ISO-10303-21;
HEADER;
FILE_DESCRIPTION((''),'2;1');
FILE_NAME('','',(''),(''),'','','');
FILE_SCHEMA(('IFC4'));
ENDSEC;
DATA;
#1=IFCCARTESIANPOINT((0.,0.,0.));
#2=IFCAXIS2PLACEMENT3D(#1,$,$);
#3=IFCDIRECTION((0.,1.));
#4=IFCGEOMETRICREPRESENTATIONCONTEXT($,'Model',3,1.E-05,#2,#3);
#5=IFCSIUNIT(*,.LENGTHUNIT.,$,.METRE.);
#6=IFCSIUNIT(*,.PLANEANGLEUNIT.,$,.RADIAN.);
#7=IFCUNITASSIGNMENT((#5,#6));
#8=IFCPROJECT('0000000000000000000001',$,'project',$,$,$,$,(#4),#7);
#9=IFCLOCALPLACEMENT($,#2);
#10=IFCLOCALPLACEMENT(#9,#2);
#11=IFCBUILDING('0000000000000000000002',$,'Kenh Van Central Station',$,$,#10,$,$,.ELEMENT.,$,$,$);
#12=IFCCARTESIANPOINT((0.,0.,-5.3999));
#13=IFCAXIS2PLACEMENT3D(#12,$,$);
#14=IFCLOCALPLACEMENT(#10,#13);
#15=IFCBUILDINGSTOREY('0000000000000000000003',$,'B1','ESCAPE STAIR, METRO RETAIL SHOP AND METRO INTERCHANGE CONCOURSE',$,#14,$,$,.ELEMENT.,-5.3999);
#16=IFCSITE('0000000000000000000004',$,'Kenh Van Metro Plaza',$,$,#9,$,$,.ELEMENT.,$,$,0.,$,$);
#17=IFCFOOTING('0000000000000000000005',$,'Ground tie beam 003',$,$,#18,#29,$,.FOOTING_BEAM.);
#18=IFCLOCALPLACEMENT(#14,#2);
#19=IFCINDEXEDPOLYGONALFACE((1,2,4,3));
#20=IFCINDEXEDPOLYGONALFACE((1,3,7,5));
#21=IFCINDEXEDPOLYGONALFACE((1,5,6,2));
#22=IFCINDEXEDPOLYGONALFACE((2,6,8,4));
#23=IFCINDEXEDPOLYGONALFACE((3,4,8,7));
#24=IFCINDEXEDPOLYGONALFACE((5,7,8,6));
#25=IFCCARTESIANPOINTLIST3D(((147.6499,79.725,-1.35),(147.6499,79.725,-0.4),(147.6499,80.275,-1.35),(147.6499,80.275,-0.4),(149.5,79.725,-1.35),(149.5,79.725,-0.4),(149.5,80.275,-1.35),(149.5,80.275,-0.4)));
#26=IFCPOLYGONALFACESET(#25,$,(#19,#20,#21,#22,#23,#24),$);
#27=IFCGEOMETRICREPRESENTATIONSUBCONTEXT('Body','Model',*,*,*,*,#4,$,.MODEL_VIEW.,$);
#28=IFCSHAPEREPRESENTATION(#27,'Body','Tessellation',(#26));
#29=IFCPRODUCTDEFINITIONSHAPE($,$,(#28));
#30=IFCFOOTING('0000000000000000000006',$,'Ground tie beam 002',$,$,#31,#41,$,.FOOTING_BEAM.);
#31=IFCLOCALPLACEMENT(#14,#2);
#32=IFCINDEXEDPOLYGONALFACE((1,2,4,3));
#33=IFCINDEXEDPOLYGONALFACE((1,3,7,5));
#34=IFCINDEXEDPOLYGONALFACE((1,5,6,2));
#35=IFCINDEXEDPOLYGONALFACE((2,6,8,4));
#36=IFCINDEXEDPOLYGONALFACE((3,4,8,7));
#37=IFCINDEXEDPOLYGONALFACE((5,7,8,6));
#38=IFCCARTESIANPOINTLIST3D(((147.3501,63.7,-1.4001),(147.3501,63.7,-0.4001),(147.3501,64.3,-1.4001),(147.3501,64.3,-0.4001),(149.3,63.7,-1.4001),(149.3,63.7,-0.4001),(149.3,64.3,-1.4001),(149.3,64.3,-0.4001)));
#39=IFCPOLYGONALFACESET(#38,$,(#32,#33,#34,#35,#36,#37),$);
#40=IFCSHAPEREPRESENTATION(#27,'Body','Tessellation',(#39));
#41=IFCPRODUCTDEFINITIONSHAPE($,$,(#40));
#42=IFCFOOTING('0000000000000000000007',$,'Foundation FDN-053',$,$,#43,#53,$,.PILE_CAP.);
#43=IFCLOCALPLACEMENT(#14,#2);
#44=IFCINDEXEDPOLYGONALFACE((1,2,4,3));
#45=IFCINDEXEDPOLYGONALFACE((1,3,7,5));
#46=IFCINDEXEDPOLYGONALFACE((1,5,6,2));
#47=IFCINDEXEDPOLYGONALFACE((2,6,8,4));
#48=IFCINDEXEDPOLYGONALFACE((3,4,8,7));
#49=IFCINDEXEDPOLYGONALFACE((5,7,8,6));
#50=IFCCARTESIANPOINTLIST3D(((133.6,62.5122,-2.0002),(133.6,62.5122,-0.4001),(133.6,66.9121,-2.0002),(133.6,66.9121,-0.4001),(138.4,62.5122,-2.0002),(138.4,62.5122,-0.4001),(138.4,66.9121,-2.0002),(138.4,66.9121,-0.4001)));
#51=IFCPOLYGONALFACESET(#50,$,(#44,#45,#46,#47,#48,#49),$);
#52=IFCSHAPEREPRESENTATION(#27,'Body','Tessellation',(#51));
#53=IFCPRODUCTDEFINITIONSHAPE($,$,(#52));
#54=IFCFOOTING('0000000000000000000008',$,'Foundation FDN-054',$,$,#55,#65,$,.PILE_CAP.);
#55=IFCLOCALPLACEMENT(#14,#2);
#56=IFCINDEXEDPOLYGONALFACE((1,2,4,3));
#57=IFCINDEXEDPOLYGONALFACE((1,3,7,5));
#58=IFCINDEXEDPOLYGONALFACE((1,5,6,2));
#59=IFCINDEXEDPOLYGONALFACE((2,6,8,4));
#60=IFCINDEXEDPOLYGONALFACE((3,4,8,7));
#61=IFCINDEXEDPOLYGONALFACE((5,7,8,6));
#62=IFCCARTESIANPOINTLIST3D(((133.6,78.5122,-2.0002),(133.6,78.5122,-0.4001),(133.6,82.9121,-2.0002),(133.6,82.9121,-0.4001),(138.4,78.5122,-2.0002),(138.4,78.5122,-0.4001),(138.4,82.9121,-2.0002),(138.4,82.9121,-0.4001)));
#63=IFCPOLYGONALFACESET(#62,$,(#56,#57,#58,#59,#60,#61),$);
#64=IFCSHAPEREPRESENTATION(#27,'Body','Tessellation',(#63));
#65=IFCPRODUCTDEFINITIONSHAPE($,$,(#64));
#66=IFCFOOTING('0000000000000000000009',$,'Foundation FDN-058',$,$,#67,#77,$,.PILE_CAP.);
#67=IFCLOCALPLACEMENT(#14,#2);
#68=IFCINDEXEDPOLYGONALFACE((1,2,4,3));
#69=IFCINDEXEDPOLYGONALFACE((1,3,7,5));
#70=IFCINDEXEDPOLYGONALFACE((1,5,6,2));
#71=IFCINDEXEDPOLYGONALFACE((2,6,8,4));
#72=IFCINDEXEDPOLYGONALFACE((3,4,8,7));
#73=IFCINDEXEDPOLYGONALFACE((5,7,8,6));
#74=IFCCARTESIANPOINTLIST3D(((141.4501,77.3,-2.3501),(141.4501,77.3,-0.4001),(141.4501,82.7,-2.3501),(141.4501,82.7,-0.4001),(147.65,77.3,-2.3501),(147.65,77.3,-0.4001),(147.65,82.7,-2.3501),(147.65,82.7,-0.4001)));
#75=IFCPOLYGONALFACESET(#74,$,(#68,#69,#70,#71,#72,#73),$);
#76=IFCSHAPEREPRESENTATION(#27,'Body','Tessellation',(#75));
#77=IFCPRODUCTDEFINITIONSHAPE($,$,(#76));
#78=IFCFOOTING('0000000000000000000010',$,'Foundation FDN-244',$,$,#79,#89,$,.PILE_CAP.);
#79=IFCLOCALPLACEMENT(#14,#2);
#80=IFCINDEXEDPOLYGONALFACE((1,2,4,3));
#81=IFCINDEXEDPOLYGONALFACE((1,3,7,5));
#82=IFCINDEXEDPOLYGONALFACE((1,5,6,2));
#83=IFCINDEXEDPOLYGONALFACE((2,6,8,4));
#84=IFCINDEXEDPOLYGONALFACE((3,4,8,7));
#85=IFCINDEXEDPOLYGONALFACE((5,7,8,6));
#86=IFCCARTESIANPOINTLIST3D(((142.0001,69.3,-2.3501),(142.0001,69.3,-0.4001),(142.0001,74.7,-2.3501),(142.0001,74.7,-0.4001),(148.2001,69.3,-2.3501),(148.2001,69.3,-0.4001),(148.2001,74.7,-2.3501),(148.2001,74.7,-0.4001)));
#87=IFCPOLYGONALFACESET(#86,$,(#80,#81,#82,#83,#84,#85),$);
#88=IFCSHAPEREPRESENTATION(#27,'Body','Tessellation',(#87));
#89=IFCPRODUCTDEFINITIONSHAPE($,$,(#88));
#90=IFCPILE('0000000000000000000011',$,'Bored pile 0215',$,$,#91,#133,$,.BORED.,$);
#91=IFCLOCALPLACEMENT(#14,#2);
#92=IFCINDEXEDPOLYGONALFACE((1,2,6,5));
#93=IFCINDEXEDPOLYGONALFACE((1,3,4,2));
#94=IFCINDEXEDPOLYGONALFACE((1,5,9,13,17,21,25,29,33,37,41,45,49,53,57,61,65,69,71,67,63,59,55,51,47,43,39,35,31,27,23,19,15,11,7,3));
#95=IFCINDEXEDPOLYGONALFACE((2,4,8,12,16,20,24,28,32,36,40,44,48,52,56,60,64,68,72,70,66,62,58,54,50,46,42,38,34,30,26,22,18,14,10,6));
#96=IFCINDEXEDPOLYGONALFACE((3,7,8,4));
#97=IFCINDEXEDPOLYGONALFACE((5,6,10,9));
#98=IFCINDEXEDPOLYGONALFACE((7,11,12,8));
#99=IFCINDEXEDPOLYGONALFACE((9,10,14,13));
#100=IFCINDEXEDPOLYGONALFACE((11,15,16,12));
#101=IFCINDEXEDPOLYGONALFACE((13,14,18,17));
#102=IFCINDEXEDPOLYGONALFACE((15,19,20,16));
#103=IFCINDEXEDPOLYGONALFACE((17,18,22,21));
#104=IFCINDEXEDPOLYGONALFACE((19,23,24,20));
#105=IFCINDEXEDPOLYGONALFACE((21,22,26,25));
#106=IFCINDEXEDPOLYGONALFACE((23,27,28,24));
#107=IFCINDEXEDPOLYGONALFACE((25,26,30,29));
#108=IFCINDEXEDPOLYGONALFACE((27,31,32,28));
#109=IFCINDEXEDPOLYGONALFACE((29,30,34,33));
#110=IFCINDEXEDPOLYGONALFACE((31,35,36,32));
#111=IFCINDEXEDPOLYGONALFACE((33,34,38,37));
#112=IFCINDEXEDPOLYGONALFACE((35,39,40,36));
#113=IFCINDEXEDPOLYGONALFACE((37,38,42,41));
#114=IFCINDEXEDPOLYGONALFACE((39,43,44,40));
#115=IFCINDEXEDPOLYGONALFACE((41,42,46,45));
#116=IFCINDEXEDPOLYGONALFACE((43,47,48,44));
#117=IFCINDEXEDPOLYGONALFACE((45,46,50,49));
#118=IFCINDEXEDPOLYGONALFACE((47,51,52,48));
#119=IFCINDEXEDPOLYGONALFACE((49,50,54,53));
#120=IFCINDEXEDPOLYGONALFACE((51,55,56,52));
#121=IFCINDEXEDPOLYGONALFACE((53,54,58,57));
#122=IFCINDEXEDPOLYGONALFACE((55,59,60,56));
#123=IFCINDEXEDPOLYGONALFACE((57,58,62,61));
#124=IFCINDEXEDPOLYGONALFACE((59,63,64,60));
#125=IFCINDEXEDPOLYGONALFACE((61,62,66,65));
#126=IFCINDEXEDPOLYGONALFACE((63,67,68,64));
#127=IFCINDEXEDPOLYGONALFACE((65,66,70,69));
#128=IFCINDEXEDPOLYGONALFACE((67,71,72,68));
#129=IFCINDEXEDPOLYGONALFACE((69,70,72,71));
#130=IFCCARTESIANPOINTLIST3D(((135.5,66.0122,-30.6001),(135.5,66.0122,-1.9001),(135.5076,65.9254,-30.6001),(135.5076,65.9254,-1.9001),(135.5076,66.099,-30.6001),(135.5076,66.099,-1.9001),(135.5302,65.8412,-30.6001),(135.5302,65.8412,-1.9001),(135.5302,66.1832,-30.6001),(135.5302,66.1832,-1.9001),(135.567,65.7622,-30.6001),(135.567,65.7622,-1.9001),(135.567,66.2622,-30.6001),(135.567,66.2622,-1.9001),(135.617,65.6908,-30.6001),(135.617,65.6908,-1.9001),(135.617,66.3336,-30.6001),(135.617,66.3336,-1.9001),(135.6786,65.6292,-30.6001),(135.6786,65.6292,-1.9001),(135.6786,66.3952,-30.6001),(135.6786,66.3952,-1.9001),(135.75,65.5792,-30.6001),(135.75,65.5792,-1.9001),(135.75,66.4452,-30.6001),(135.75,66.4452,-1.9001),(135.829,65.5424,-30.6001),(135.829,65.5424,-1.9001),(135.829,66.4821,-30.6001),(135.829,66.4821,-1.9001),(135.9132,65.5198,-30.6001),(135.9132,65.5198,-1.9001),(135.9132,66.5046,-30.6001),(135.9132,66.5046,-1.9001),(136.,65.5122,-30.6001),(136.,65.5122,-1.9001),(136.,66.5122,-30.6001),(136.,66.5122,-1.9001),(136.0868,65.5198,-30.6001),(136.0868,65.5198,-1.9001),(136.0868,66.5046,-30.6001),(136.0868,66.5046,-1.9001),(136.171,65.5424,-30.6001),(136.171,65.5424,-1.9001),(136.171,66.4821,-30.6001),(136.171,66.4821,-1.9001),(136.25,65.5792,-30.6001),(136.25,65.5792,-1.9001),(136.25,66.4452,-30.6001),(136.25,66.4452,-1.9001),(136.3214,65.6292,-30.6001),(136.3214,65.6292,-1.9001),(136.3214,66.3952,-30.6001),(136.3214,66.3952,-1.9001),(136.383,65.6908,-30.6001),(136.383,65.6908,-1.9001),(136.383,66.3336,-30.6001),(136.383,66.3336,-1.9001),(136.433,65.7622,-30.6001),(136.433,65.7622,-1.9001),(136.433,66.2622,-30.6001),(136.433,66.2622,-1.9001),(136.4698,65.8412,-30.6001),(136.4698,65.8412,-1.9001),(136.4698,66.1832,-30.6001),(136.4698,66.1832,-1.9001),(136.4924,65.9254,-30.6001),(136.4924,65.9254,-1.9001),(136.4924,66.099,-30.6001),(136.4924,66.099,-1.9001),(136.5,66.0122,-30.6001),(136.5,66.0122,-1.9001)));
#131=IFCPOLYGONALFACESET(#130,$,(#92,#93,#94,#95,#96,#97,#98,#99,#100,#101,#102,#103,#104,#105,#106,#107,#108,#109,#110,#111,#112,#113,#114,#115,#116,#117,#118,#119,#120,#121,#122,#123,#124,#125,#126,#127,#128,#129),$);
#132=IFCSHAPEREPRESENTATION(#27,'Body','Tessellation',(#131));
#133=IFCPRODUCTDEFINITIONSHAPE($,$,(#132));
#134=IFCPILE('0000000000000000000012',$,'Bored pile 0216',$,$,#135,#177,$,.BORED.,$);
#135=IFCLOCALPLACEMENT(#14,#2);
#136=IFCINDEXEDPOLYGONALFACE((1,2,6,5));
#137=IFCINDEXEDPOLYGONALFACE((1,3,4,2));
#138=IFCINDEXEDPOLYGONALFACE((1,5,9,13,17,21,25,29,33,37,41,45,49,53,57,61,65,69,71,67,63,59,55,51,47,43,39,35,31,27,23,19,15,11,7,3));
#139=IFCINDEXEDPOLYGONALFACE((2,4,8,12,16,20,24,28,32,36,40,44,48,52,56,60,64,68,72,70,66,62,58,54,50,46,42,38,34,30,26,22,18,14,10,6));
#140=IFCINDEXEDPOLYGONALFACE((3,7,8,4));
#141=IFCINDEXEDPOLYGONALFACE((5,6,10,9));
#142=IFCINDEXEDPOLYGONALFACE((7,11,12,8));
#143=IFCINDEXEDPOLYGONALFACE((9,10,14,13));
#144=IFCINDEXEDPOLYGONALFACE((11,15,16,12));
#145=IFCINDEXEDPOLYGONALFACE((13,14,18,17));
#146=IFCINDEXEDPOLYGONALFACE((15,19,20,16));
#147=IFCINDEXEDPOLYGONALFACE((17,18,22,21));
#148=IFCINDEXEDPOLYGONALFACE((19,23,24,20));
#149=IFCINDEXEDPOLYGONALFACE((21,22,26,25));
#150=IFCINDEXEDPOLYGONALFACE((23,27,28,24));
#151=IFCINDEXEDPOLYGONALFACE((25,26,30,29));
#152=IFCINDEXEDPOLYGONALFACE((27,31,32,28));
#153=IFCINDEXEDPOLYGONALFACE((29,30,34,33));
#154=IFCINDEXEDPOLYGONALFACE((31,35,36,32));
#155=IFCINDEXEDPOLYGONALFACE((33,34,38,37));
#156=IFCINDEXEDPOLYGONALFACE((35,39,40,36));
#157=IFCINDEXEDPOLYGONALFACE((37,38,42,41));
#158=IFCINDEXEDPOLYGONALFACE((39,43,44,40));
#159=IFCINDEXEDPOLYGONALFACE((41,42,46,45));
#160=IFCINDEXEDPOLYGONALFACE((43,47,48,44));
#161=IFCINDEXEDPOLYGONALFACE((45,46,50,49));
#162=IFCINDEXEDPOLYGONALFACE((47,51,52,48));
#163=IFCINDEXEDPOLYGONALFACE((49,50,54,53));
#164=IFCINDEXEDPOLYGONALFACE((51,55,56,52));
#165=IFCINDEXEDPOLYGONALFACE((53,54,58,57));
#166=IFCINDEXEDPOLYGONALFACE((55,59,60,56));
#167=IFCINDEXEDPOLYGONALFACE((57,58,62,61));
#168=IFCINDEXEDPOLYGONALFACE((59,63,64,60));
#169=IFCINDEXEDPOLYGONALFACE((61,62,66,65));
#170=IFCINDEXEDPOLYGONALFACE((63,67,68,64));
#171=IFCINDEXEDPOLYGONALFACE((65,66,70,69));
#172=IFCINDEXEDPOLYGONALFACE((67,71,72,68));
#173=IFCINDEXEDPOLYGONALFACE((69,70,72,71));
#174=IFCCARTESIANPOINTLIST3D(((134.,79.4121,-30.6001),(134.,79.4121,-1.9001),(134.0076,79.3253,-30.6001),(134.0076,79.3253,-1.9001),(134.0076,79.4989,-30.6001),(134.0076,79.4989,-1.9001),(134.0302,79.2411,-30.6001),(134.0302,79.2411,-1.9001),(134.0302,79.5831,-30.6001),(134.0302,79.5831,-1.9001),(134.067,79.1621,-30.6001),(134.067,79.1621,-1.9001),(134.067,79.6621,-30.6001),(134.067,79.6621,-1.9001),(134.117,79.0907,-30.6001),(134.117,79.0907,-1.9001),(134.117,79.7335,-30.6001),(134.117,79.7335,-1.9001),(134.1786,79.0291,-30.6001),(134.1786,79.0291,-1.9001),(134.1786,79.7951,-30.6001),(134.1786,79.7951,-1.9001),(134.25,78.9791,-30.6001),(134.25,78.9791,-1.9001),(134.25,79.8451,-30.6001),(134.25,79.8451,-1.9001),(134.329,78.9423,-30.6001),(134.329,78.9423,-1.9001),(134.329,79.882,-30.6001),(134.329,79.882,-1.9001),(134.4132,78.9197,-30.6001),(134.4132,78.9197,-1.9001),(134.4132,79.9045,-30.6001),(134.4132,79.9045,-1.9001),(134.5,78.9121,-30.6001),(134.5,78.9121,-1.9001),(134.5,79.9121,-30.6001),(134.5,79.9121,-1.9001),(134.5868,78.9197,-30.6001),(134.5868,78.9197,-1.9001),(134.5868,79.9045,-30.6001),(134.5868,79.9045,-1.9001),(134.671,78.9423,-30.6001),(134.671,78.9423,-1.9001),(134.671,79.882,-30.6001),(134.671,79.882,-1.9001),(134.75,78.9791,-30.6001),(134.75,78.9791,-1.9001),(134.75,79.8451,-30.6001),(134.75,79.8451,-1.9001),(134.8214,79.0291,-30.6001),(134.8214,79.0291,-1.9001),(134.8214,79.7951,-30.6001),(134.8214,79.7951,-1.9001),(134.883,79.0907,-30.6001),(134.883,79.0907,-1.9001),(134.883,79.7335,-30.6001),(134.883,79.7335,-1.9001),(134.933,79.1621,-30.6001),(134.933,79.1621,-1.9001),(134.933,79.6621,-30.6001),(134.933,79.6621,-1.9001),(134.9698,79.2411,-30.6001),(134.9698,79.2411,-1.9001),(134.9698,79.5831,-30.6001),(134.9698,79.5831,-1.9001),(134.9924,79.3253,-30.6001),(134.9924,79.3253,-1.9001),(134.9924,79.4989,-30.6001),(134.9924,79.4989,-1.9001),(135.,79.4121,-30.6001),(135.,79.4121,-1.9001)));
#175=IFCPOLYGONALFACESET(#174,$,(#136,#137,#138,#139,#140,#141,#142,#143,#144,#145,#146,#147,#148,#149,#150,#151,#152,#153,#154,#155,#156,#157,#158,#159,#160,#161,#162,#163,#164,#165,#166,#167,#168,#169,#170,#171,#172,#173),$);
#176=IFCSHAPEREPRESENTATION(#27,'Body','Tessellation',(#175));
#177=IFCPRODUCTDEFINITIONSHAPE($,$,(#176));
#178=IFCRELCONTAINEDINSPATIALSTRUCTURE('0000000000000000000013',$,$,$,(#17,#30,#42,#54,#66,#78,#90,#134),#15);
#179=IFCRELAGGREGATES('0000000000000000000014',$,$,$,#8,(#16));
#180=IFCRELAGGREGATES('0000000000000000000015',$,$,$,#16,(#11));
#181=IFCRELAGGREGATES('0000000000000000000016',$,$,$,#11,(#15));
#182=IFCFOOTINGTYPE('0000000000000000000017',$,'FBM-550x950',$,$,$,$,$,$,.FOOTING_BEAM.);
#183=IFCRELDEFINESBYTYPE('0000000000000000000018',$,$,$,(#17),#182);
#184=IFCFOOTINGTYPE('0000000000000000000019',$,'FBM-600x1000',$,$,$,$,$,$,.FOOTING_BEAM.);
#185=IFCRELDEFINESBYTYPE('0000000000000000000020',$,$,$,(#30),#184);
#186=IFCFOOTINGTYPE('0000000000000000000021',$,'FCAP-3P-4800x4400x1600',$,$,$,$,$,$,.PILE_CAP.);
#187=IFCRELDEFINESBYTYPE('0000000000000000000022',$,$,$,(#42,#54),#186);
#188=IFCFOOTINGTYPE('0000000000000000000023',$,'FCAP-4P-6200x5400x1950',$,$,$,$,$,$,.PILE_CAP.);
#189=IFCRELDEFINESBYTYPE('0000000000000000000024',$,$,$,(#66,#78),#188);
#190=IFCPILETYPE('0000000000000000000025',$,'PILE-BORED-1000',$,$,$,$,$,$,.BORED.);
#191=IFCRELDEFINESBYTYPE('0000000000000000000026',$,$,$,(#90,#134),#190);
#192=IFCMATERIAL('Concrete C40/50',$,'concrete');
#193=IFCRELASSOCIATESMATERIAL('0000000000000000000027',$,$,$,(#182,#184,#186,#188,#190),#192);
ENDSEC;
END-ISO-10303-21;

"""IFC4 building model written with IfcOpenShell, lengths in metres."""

from ifc_helpers import new_model, si_unit, direction, frame, origin, origin_2d, place, context, subcontext, project, spatial, rectangle, circle, extrude, material, material_profile, profile_set, type_object, element, save


model = new_model("IFC4")

# Units and contexts
model_context = context("Model", 3, precision=1e-05, world=origin(), true_north=direction((0.0, 1.0)))
body_context = subcontext(model_context, "Body", "Model", "MODEL_VIEW")
ifc_project = project(units=[si_unit("LENGTHUNIT", "METRE"), si_unit("PLANEANGLEUNIT", "RADIAN")], contexts=[model_context])

# Site, building, storey
site_placement = place(None, origin())
site = spatial("IfcSite", under=ifc_project, at=site_placement, Name="Kenh Van Metro Plaza", CompositionType="ELEMENT", RefElevation=0.0)
building_placement = place(site_placement, origin())
building = spatial("IfcBuilding", under=site, at=building_placement, Name="Kenh Van Central Station", CompositionType="ELEMENT")
storey_placement = place(building_placement, frame((0.0, 0.0, -5.3999)))
storey = spatial("IfcBuildingStorey", under=building, at=storey_placement, Name="B1", Description="ESCAPE STAIR, METRO RETAIL SHOP AND METRO INTERCHANGE CONCOURSE", CompositionType="ELEMENT", Elevation=-5.3999)

# Footings
ifc_material_1 = material(Name="Concrete C40/50", Category="concrete")
ifc_material_profile_1 = material_profile(ifc_material_1, rectangle(XDim=0.55, YDim=0.95, at=origin_2d()), Name="RC 550x950")
ifc_profile_set_1 = profile_set([ifc_material_profile_1], Name="Concrete C40/50")
footing_type_1 = type_object("IfcFootingType", Name="FBM-550x950", PredefinedType="FOOTING_BEAM", material=ifc_profile_set_1)
footing_1_placement = place(storey_placement, frame((147.6499, 80.0, -0.875), z_axis=(1.0, 0.0, 0.0), x_axis=(0.0, 1.0, 0.0)))
element("IfcFooting", 1, at=footing_1_placement, inside=storey, type_object=footing_type_1, Name="Ground tie beam 003", PredefinedType="FOOTING_BEAM", context=body_context, shape_type="SweptSolid", body=[
    extrude(rectangle(XDim=0.55, YDim=0.95, at=origin_2d()), origin(), (0.0, 0.0, 1.0), 1.8501),
])
ifc_material_profile_2 = material_profile(ifc_material_1, rectangle(XDim=0.6001, YDim=1.0, at=origin_2d()), Name="RC 600x1000")
ifc_profile_set_2 = profile_set([ifc_material_profile_2], Name="Concrete C40/50")
footing_type_2 = type_object("IfcFootingType", Name="FBM-600x1000", PredefinedType="FOOTING_BEAM", material=ifc_profile_set_2)
footing_2_placement = place(storey_placement, frame((147.3501, 64.0, -0.9001), z_axis=(1.0, 0.0, 0.0), x_axis=(0.0, 1.0, 0.0)))
element("IfcFooting", 2, at=footing_2_placement, inside=storey, type_object=footing_type_2, Name="Ground tie beam 002", PredefinedType="FOOTING_BEAM", context=body_context, shape_type="SweptSolid", body=[
    extrude(rectangle(XDim=0.6001, YDim=1.0, at=origin_2d()), origin(), (0.0, 0.0, 1.0), 1.95),
])
footing_type_3 = type_object("IfcFootingType", Name="FCAP-3P-4800x4400x1600", PredefinedType="PILE_CAP", material=ifc_material_1)
for number, where, z_axis, x_axis, name in (
    (3, (136.0, 64.7122, -2.0002), (0.0, 0.0, 1.0), (1.0, 0.0, 0.0), "Foundation FDN-053"),
    (4, (136.0, 80.7122, -2.0002), (0.0, 0.0, 1.0), (1.0, 0.0, 0.0), "Foundation FDN-054"),
):
    element("IfcFooting", number, at=place(storey_placement, frame(where, z_axis=z_axis, x_axis=x_axis)), inside=storey, type_object=footing_type_3, Name=name, PredefinedType="PILE_CAP", context=body_context, shape_type="SweptSolid", body=[
        extrude(rectangle(XDim=4.8, YDim=4.3999, at=origin_2d()), origin(), (0.0, 0.0, 1.0), 1.6001),
    ])
footing_type_4 = type_object("IfcFootingType", Name="FCAP-4P-6200x5400x1950", PredefinedType="PILE_CAP", material=ifc_material_1)
for number, where, z_axis, x_axis, name in (
    (5, (144.55, 80.0, -2.3501), (0.0, 0.0, 1.0), (1.0, 0.0, 0.0), "Foundation FDN-058"),
    (6, (145.1001, 72.0, -2.3501), (0.0, 0.0, 1.0), (1.0, 0.0, 0.0), "Foundation FDN-244"),
):
    element("IfcFooting", number, at=place(storey_placement, frame(where, z_axis=z_axis, x_axis=x_axis)), inside=storey, type_object=footing_type_4, Name=name, PredefinedType="PILE_CAP", context=body_context, shape_type="SweptSolid", body=[
        extrude(rectangle(XDim=6.2, YDim=5.3999, at=origin_2d()), origin(), (0.0, 0.0, 1.0), 1.95),
    ])

# Piles
ifc_material_profile_3 = material_profile(ifc_material_1, circle(Radius=0.5, at=origin_2d()), Name="PILE D1000")
ifc_profile_set_3 = profile_set([ifc_material_profile_3], Name="Concrete C40/50")
pile_type_1 = type_object("IfcPileType", Name="PILE-BORED-1000", PredefinedType="BORED", material=ifc_profile_set_3)
for number, where, z_axis, x_axis, name in (
    (7, (136.0, 66.0122, -1.9001), (0.0, 0.0, -1.0), (1.0, 0.0, 0.0), "Bored pile 0215"),
    (8, (134.5, 79.4121, -1.9001), (0.0, 0.0, -1.0), (1.0, 0.0, 0.0), "Bored pile 0216"),
):
    element("IfcPile", number, at=place(storey_placement, frame(where, z_axis=z_axis, x_axis=x_axis)), inside=storey, type_object=pile_type_1, Name=name, PredefinedType="BORED", context=body_context, shape_type="SweptSolid", body=[
        extrude(circle(Radius=0.5, at=origin_2d()), origin(), (0.0, 0.0, 1.0), 28.7),
    ])

save(model, "model.ifc")
